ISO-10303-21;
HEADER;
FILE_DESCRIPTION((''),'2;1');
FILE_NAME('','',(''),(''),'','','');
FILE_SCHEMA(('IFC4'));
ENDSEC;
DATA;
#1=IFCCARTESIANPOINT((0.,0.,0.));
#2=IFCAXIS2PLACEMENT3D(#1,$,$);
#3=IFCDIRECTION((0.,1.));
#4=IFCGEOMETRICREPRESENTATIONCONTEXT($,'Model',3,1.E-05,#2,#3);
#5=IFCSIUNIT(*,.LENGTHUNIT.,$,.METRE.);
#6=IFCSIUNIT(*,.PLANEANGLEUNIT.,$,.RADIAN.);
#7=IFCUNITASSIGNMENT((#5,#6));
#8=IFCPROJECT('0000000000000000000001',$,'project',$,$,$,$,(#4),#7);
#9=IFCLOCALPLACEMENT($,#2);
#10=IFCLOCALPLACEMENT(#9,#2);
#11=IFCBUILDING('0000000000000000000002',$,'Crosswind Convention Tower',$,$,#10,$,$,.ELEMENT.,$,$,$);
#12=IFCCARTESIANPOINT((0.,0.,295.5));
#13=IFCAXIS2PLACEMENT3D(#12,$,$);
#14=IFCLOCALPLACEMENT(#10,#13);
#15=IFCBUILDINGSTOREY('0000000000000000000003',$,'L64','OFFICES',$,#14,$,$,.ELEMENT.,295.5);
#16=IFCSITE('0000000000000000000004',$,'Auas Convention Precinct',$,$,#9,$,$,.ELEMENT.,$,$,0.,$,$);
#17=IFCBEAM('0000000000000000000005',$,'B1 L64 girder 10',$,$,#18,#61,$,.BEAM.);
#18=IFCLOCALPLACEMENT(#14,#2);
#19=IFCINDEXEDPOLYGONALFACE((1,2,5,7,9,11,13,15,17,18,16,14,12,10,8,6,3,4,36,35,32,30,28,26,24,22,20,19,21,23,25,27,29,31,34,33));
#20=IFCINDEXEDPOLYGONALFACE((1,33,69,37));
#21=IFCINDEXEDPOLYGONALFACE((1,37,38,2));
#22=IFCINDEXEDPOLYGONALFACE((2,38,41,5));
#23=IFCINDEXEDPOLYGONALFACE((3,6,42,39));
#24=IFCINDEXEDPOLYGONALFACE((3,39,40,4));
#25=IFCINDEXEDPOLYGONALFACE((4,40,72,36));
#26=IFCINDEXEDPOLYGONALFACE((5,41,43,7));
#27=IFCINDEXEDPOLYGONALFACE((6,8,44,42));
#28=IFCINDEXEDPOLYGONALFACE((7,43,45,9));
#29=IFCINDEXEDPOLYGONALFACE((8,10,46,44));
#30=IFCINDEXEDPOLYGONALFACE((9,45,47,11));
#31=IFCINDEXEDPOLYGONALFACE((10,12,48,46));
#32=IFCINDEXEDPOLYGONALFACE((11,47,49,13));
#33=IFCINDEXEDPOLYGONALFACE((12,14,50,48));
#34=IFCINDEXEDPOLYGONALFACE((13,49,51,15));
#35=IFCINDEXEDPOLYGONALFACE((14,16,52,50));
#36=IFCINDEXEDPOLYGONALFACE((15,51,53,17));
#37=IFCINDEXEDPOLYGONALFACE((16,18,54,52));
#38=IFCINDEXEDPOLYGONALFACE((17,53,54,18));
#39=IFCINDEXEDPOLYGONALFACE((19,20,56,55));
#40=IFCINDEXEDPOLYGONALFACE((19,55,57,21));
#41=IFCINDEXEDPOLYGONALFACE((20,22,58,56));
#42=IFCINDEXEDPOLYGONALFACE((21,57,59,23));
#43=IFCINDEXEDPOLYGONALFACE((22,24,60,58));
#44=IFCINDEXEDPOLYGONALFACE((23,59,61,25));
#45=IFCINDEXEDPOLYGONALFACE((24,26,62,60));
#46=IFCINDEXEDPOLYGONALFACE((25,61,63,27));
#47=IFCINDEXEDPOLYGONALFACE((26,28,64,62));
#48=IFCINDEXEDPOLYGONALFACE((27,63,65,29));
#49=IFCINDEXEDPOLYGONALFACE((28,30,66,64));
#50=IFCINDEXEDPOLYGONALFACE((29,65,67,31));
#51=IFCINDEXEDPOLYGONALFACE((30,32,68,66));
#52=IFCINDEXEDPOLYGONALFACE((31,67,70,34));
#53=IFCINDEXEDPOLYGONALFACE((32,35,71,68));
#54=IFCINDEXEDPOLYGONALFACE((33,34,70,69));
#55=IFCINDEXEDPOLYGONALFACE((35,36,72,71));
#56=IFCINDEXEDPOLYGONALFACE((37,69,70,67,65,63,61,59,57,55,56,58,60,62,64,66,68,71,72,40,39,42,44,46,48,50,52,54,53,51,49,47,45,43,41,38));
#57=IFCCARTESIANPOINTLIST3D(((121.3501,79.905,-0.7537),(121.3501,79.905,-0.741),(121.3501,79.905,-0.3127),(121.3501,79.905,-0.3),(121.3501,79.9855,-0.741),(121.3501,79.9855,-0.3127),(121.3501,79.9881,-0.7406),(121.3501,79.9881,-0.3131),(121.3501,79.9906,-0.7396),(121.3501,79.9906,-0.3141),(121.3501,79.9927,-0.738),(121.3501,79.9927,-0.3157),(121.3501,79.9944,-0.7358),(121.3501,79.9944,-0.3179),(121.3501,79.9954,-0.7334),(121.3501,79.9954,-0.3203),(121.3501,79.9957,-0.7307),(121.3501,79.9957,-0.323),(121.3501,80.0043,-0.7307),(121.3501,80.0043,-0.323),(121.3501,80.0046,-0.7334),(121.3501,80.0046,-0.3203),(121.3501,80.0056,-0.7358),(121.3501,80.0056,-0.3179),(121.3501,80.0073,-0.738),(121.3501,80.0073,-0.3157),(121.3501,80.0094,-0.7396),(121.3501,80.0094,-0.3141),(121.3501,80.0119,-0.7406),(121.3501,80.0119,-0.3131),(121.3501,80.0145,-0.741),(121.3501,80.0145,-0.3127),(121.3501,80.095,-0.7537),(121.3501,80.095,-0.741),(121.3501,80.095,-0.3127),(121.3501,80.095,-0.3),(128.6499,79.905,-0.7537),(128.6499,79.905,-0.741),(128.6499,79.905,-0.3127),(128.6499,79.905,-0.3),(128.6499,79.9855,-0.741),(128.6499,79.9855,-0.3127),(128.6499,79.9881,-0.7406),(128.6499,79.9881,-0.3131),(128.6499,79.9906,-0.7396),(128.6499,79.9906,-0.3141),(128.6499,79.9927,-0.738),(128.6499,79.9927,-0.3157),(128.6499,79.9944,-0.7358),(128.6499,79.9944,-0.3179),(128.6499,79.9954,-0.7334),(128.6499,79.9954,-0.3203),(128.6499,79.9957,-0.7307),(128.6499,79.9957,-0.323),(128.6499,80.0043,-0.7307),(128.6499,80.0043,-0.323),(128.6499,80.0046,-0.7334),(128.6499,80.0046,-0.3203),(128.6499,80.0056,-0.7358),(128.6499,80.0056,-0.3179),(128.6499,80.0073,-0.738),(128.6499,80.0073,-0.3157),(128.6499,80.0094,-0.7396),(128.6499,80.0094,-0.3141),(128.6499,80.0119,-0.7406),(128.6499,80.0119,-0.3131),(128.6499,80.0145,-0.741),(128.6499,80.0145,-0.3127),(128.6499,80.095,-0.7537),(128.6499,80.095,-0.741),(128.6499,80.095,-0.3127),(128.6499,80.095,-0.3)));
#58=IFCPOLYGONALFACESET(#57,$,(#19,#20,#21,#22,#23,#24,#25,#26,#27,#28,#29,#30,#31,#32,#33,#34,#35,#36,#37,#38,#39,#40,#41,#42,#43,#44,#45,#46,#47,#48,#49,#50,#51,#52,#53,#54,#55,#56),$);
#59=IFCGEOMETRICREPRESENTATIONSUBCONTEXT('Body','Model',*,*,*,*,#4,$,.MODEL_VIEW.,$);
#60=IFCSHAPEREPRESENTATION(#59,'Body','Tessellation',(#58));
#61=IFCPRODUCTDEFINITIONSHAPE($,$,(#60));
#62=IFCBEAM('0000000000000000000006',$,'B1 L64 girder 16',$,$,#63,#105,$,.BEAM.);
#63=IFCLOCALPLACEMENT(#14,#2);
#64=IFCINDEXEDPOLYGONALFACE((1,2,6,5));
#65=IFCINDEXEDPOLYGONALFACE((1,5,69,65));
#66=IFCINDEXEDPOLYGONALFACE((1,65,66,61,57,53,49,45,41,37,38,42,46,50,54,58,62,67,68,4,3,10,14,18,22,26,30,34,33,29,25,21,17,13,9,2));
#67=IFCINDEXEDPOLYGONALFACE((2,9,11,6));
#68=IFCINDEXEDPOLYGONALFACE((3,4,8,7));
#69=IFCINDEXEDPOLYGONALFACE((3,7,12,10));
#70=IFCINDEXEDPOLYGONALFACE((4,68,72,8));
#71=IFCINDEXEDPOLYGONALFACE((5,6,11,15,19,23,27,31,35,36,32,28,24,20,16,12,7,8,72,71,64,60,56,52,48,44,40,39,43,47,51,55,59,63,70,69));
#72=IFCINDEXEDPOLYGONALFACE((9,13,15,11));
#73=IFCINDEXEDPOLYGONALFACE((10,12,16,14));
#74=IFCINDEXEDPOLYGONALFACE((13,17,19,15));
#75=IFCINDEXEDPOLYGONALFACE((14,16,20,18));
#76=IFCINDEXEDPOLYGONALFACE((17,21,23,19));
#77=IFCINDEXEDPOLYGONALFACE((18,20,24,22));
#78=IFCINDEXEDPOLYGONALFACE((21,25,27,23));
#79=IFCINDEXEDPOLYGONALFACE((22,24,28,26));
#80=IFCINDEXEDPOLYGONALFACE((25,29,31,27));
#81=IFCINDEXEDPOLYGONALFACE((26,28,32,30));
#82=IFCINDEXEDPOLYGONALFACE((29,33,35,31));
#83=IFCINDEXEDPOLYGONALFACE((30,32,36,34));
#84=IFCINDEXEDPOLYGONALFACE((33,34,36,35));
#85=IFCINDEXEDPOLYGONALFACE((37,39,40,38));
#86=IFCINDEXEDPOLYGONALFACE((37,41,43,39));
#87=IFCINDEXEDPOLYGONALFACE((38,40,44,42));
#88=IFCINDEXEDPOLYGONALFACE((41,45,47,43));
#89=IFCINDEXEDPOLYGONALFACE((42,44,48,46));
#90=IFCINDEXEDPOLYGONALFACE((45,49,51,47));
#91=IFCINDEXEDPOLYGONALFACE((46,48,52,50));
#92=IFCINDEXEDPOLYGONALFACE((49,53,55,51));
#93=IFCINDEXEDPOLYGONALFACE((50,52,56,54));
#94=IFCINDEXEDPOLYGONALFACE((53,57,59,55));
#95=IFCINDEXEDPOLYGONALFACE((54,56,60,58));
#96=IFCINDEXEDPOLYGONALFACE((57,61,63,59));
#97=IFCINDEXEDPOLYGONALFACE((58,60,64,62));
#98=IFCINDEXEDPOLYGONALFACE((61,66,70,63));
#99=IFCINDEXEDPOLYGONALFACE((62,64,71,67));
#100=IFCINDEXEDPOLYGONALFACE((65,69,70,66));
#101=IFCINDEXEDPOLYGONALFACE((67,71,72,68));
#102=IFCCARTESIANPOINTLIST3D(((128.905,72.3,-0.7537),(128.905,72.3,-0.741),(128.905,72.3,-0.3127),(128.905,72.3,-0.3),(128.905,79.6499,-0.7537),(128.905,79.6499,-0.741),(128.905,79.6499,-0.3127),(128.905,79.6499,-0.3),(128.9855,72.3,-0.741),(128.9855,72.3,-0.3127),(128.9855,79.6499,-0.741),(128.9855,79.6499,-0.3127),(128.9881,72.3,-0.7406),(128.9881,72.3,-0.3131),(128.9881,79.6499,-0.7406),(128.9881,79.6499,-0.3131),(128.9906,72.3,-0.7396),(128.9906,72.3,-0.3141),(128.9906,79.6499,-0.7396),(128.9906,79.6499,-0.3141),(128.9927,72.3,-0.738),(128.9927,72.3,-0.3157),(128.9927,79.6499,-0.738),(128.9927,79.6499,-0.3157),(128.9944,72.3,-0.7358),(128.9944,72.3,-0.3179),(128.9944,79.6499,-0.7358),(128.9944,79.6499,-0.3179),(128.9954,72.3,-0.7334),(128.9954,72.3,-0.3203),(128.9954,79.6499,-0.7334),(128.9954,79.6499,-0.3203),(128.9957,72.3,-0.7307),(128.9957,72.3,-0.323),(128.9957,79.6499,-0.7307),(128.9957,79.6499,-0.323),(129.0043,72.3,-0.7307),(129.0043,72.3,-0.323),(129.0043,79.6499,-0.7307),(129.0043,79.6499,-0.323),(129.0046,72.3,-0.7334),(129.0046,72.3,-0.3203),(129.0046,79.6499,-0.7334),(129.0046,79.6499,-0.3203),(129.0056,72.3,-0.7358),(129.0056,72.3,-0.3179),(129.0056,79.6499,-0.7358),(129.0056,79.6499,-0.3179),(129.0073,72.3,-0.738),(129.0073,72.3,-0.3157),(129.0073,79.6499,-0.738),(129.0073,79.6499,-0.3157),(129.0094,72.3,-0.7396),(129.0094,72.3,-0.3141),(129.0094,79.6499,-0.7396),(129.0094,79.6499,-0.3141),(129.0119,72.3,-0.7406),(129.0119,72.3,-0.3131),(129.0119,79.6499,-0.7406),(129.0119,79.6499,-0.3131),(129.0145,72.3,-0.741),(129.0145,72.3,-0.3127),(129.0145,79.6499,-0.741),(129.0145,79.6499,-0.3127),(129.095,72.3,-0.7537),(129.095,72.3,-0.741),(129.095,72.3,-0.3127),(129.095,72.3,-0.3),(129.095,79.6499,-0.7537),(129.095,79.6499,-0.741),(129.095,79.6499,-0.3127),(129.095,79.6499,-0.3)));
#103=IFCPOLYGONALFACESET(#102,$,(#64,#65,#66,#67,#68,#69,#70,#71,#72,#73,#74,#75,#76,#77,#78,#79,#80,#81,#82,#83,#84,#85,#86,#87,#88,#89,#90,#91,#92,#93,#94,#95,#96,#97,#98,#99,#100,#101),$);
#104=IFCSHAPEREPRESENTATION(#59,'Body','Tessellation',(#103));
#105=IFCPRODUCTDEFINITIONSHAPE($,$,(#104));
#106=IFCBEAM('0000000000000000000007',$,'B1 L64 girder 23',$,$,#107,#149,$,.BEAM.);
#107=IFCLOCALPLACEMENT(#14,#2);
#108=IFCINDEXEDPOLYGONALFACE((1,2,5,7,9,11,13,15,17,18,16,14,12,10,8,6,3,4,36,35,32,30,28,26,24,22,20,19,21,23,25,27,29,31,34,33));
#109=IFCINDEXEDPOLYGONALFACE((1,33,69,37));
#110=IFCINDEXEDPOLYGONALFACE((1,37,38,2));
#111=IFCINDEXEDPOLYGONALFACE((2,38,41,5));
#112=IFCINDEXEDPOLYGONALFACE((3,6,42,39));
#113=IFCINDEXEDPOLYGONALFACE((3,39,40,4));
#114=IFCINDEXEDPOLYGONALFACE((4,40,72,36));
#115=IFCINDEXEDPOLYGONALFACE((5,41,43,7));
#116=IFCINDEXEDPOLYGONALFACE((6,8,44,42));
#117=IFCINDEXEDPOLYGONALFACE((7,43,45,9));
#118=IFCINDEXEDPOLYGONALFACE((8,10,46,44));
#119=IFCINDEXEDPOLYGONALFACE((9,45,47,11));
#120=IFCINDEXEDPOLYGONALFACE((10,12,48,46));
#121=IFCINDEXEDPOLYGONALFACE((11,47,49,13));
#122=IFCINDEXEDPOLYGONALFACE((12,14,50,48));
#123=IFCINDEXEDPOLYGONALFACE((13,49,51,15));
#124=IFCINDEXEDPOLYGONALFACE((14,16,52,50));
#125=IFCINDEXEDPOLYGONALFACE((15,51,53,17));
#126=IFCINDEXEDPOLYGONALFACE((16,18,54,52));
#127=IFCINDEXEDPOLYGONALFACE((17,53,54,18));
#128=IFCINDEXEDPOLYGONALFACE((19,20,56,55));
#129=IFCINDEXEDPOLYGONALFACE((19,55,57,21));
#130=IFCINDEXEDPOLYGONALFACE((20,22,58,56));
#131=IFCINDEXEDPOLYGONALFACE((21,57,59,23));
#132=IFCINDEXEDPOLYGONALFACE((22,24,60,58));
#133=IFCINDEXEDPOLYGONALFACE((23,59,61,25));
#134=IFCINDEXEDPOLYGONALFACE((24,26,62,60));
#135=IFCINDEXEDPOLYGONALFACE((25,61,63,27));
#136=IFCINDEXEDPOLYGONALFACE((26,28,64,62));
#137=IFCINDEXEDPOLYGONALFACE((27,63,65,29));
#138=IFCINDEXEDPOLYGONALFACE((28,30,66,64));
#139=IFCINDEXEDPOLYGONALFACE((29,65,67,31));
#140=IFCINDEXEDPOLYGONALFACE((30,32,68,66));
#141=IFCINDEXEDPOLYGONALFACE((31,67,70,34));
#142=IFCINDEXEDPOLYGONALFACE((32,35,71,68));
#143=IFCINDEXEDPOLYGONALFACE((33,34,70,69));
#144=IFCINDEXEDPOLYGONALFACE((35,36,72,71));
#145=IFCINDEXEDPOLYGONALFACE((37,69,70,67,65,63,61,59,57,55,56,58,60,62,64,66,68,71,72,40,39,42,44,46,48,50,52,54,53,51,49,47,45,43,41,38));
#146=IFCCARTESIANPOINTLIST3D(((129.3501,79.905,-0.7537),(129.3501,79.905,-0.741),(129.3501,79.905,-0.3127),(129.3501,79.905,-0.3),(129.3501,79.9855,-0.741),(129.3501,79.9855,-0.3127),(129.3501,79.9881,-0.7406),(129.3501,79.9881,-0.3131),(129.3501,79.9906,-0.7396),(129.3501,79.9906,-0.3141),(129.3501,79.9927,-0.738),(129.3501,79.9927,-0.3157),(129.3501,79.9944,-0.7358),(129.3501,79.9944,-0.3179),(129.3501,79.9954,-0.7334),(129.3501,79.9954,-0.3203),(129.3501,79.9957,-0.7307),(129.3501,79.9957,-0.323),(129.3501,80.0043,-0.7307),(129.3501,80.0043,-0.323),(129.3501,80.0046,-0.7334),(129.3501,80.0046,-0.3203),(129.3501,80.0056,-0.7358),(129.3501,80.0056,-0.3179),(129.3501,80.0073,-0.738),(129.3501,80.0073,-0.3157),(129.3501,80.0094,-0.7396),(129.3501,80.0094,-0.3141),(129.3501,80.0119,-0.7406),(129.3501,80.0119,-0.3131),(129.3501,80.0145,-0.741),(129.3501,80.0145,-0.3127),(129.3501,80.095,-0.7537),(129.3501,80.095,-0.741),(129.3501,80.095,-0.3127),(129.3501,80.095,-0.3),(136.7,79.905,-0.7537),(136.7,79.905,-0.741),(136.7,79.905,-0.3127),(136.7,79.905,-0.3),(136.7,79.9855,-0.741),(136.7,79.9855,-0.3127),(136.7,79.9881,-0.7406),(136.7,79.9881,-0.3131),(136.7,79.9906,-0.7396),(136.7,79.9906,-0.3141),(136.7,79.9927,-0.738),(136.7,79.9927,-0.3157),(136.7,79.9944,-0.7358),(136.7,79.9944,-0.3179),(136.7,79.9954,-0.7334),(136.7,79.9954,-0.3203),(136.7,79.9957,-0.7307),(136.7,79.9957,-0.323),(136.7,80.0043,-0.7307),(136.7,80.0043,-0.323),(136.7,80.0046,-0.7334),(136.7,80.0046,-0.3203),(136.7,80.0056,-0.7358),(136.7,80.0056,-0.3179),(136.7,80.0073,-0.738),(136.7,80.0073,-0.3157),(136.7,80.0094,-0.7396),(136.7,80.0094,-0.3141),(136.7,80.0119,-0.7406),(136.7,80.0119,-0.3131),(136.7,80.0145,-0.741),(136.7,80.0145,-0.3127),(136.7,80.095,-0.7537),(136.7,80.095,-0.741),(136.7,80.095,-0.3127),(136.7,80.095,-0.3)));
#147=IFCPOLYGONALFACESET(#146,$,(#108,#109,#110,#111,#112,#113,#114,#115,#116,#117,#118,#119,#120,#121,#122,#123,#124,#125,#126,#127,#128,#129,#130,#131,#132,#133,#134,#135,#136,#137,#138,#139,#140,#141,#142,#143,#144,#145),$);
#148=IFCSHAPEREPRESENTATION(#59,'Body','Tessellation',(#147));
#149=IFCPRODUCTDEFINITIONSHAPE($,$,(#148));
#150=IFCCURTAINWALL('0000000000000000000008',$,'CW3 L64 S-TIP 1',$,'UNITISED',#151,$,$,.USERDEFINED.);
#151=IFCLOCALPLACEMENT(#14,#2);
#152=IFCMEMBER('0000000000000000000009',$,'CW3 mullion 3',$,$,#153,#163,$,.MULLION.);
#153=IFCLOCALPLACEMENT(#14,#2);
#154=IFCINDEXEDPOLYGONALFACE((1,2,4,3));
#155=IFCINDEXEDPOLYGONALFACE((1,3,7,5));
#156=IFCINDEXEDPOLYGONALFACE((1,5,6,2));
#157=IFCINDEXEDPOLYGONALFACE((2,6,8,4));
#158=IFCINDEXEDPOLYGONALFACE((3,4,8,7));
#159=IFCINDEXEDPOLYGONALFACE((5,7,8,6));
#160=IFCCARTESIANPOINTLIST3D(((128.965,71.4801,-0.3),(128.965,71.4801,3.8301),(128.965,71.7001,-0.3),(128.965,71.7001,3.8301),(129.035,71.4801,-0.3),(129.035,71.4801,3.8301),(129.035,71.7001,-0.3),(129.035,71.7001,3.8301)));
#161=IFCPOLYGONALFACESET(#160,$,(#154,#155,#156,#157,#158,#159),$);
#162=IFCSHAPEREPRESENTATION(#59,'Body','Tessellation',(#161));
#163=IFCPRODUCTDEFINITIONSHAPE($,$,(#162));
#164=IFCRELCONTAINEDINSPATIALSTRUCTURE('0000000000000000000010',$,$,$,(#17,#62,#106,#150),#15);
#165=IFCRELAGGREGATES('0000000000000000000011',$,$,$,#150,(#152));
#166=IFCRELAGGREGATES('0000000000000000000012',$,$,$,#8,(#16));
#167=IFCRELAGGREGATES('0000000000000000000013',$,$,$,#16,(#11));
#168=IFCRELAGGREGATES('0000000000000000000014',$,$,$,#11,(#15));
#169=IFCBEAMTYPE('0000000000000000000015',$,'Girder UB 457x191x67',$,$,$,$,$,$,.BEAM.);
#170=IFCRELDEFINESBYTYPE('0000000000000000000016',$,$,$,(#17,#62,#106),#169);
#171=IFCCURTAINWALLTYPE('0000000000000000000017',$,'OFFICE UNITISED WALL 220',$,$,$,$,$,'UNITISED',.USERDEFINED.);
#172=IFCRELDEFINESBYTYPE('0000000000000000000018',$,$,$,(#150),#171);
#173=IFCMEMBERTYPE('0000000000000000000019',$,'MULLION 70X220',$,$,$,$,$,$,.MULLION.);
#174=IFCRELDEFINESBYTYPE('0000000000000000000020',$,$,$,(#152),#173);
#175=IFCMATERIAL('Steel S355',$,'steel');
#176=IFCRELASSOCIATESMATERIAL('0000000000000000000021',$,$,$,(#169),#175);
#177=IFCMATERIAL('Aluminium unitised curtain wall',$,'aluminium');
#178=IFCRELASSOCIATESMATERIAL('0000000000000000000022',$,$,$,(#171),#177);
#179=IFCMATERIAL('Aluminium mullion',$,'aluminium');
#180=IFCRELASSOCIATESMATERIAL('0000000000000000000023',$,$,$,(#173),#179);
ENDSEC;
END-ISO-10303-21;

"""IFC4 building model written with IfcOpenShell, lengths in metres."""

from ifc_helpers import new_model, si_unit, direction, frame, origin, origin_2d, place, context, subcontext, project, spatial, rectangle, i_section, extrude, material, material_profile, profile_set, type_object, element, aggregate, save


model = new_model("IFC4")

# Units and contexts
model_context = context("Model", 3, precision=1e-05, world=origin(), true_north=direction((0.0, 1.0)))
body_context = subcontext(model_context, "Body", "Model", "MODEL_VIEW")
ifc_project = project(units=[si_unit("LENGTHUNIT", "METRE"), si_unit("PLANEANGLEUNIT", "RADIAN")], contexts=[model_context])

# Site, building, storey
site_placement = place(None, origin())
site = spatial("IfcSite", under=ifc_project, at=site_placement, Name="Auas Convention Precinct", CompositionType="ELEMENT", RefElevation=0.0)
building_placement = place(site_placement, origin())
building = spatial("IfcBuilding", under=site, at=building_placement, Name="Crosswind Convention Tower", CompositionType="ELEMENT")
storey_placement = place(building_placement, frame((0.0, 0.0, 295.5)))
storey = spatial("IfcBuildingStorey", under=building, at=storey_placement, Name="L64", Description="OFFICES", CompositionType="ELEMENT", Elevation=295.5)

# Beams
ifc_material_1 = material(Name="Steel S355", Category="steel")
ifc_material_profile_1 = material_profile(ifc_material_1, i_section(OverallWidth=0.1899, OverallDepth=0.4536, WebThickness=0.0085, FlangeThickness=0.0127, FilletRadius=0.0103, at=origin_2d()), Name="UB 457x191x67")
ifc_profile_set_1 = profile_set([ifc_material_profile_1], Name="Steel S355")
beam_type_1 = type_object("IfcBeamType", Name="Girder UB 457x191x67", PredefinedType="BEAM", material=ifc_profile_set_1)
beam_1_placement = place(storey_placement, frame((121.3501, 80.0, -0.5269), z_axis=(1.0, 0.0, 0.0), x_axis=(0.0, 1.0, 0.0)))
element("IfcBeam", 1, at=beam_1_placement, inside=storey, type_object=beam_type_1, Name="B1 L64 girder 10", PredefinedType="BEAM", context=body_context, shape_type="SweptSolid", body=[
    extrude(i_section(OverallWidth=0.1899, OverallDepth=0.4536, WebThickness=0.0085, FlangeThickness=0.0127, FilletRadius=0.0103, at=origin_2d()), origin(), (0.0, 0.0, 1.0), 7.2998),
])
for number, where, z_axis, x_axis, name in (
    (2, (129.0, 72.3, -0.5269), (0.0, 1.0, 0.0), (-1.0, 0.0, 0.0), "B1 L64 girder 16"),
    (3, (129.3501, 80.0, -0.5269), (1.0, 0.0, 0.0), (0.0, 1.0, 0.0), "B1 L64 girder 23"),
):
    element("IfcBeam", number, at=place(storey_placement, frame(where, z_axis=z_axis, x_axis=x_axis)), inside=storey, type_object=beam_type_1, Name=name, PredefinedType="BEAM", context=body_context, shape_type="SweptSolid", body=[
        extrude(i_section(OverallWidth=0.1899, OverallDepth=0.4536, WebThickness=0.0085, FlangeThickness=0.0127, FilletRadius=0.0103, at=origin_2d()), origin(), (0.0, 0.0, 1.0), 7.3499),
    ])

# Curtain wall, member
ifc_material_2 = material(Name="Aluminium unitised curtain wall", Category="aluminium")
curtain_wall_type = type_object("IfcCurtainWallType", Name="OFFICE UNITISED WALL 220", ElementType="UNITISED", PredefinedType="USERDEFINED", material=ifc_material_2)
curtain_wall_placement = place(storey_placement, origin())
curtain_wall = element("IfcCurtainWall", 4, at=curtain_wall_placement, inside=storey, type_object=curtain_wall_type, Name="CW3 L64 S-TIP 1", ObjectType="UNITISED", PredefinedType="USERDEFINED")
ifc_material_3 = material(Name="Aluminium mullion", Category="aluminium")
ifc_material_profile_2 = material_profile(ifc_material_3, rectangle(XDim=0.22, YDim=0.0701, at=origin_2d()), Name="AL 220X70")
ifc_profile_set_2 = profile_set([ifc_material_profile_2], Name="Aluminium mullion")
member_type = type_object("IfcMemberType", Name="MULLION 70X220", PredefinedType="MULLION", material=ifc_profile_set_2)
member_placement = place(storey_placement, frame((129.0, 71.5901, -0.3), z_axis=(0.0, 0.0, 1.0), x_axis=(0.0, -1.0, 0.0)))
member = element("IfcMember", 5, at=member_placement, type_object=member_type, Name="CW3 mullion 3", PredefinedType="MULLION", context=body_context, shape_type="SweptSolid", body=[
    extrude(rectangle(XDim=0.22, YDim=0.0701, at=origin_2d()), origin(), (0.0, 0.0, 1.0), 4.1301),
])

aggregate(curtain_wall, [member])

save(model, "model.ifc")
